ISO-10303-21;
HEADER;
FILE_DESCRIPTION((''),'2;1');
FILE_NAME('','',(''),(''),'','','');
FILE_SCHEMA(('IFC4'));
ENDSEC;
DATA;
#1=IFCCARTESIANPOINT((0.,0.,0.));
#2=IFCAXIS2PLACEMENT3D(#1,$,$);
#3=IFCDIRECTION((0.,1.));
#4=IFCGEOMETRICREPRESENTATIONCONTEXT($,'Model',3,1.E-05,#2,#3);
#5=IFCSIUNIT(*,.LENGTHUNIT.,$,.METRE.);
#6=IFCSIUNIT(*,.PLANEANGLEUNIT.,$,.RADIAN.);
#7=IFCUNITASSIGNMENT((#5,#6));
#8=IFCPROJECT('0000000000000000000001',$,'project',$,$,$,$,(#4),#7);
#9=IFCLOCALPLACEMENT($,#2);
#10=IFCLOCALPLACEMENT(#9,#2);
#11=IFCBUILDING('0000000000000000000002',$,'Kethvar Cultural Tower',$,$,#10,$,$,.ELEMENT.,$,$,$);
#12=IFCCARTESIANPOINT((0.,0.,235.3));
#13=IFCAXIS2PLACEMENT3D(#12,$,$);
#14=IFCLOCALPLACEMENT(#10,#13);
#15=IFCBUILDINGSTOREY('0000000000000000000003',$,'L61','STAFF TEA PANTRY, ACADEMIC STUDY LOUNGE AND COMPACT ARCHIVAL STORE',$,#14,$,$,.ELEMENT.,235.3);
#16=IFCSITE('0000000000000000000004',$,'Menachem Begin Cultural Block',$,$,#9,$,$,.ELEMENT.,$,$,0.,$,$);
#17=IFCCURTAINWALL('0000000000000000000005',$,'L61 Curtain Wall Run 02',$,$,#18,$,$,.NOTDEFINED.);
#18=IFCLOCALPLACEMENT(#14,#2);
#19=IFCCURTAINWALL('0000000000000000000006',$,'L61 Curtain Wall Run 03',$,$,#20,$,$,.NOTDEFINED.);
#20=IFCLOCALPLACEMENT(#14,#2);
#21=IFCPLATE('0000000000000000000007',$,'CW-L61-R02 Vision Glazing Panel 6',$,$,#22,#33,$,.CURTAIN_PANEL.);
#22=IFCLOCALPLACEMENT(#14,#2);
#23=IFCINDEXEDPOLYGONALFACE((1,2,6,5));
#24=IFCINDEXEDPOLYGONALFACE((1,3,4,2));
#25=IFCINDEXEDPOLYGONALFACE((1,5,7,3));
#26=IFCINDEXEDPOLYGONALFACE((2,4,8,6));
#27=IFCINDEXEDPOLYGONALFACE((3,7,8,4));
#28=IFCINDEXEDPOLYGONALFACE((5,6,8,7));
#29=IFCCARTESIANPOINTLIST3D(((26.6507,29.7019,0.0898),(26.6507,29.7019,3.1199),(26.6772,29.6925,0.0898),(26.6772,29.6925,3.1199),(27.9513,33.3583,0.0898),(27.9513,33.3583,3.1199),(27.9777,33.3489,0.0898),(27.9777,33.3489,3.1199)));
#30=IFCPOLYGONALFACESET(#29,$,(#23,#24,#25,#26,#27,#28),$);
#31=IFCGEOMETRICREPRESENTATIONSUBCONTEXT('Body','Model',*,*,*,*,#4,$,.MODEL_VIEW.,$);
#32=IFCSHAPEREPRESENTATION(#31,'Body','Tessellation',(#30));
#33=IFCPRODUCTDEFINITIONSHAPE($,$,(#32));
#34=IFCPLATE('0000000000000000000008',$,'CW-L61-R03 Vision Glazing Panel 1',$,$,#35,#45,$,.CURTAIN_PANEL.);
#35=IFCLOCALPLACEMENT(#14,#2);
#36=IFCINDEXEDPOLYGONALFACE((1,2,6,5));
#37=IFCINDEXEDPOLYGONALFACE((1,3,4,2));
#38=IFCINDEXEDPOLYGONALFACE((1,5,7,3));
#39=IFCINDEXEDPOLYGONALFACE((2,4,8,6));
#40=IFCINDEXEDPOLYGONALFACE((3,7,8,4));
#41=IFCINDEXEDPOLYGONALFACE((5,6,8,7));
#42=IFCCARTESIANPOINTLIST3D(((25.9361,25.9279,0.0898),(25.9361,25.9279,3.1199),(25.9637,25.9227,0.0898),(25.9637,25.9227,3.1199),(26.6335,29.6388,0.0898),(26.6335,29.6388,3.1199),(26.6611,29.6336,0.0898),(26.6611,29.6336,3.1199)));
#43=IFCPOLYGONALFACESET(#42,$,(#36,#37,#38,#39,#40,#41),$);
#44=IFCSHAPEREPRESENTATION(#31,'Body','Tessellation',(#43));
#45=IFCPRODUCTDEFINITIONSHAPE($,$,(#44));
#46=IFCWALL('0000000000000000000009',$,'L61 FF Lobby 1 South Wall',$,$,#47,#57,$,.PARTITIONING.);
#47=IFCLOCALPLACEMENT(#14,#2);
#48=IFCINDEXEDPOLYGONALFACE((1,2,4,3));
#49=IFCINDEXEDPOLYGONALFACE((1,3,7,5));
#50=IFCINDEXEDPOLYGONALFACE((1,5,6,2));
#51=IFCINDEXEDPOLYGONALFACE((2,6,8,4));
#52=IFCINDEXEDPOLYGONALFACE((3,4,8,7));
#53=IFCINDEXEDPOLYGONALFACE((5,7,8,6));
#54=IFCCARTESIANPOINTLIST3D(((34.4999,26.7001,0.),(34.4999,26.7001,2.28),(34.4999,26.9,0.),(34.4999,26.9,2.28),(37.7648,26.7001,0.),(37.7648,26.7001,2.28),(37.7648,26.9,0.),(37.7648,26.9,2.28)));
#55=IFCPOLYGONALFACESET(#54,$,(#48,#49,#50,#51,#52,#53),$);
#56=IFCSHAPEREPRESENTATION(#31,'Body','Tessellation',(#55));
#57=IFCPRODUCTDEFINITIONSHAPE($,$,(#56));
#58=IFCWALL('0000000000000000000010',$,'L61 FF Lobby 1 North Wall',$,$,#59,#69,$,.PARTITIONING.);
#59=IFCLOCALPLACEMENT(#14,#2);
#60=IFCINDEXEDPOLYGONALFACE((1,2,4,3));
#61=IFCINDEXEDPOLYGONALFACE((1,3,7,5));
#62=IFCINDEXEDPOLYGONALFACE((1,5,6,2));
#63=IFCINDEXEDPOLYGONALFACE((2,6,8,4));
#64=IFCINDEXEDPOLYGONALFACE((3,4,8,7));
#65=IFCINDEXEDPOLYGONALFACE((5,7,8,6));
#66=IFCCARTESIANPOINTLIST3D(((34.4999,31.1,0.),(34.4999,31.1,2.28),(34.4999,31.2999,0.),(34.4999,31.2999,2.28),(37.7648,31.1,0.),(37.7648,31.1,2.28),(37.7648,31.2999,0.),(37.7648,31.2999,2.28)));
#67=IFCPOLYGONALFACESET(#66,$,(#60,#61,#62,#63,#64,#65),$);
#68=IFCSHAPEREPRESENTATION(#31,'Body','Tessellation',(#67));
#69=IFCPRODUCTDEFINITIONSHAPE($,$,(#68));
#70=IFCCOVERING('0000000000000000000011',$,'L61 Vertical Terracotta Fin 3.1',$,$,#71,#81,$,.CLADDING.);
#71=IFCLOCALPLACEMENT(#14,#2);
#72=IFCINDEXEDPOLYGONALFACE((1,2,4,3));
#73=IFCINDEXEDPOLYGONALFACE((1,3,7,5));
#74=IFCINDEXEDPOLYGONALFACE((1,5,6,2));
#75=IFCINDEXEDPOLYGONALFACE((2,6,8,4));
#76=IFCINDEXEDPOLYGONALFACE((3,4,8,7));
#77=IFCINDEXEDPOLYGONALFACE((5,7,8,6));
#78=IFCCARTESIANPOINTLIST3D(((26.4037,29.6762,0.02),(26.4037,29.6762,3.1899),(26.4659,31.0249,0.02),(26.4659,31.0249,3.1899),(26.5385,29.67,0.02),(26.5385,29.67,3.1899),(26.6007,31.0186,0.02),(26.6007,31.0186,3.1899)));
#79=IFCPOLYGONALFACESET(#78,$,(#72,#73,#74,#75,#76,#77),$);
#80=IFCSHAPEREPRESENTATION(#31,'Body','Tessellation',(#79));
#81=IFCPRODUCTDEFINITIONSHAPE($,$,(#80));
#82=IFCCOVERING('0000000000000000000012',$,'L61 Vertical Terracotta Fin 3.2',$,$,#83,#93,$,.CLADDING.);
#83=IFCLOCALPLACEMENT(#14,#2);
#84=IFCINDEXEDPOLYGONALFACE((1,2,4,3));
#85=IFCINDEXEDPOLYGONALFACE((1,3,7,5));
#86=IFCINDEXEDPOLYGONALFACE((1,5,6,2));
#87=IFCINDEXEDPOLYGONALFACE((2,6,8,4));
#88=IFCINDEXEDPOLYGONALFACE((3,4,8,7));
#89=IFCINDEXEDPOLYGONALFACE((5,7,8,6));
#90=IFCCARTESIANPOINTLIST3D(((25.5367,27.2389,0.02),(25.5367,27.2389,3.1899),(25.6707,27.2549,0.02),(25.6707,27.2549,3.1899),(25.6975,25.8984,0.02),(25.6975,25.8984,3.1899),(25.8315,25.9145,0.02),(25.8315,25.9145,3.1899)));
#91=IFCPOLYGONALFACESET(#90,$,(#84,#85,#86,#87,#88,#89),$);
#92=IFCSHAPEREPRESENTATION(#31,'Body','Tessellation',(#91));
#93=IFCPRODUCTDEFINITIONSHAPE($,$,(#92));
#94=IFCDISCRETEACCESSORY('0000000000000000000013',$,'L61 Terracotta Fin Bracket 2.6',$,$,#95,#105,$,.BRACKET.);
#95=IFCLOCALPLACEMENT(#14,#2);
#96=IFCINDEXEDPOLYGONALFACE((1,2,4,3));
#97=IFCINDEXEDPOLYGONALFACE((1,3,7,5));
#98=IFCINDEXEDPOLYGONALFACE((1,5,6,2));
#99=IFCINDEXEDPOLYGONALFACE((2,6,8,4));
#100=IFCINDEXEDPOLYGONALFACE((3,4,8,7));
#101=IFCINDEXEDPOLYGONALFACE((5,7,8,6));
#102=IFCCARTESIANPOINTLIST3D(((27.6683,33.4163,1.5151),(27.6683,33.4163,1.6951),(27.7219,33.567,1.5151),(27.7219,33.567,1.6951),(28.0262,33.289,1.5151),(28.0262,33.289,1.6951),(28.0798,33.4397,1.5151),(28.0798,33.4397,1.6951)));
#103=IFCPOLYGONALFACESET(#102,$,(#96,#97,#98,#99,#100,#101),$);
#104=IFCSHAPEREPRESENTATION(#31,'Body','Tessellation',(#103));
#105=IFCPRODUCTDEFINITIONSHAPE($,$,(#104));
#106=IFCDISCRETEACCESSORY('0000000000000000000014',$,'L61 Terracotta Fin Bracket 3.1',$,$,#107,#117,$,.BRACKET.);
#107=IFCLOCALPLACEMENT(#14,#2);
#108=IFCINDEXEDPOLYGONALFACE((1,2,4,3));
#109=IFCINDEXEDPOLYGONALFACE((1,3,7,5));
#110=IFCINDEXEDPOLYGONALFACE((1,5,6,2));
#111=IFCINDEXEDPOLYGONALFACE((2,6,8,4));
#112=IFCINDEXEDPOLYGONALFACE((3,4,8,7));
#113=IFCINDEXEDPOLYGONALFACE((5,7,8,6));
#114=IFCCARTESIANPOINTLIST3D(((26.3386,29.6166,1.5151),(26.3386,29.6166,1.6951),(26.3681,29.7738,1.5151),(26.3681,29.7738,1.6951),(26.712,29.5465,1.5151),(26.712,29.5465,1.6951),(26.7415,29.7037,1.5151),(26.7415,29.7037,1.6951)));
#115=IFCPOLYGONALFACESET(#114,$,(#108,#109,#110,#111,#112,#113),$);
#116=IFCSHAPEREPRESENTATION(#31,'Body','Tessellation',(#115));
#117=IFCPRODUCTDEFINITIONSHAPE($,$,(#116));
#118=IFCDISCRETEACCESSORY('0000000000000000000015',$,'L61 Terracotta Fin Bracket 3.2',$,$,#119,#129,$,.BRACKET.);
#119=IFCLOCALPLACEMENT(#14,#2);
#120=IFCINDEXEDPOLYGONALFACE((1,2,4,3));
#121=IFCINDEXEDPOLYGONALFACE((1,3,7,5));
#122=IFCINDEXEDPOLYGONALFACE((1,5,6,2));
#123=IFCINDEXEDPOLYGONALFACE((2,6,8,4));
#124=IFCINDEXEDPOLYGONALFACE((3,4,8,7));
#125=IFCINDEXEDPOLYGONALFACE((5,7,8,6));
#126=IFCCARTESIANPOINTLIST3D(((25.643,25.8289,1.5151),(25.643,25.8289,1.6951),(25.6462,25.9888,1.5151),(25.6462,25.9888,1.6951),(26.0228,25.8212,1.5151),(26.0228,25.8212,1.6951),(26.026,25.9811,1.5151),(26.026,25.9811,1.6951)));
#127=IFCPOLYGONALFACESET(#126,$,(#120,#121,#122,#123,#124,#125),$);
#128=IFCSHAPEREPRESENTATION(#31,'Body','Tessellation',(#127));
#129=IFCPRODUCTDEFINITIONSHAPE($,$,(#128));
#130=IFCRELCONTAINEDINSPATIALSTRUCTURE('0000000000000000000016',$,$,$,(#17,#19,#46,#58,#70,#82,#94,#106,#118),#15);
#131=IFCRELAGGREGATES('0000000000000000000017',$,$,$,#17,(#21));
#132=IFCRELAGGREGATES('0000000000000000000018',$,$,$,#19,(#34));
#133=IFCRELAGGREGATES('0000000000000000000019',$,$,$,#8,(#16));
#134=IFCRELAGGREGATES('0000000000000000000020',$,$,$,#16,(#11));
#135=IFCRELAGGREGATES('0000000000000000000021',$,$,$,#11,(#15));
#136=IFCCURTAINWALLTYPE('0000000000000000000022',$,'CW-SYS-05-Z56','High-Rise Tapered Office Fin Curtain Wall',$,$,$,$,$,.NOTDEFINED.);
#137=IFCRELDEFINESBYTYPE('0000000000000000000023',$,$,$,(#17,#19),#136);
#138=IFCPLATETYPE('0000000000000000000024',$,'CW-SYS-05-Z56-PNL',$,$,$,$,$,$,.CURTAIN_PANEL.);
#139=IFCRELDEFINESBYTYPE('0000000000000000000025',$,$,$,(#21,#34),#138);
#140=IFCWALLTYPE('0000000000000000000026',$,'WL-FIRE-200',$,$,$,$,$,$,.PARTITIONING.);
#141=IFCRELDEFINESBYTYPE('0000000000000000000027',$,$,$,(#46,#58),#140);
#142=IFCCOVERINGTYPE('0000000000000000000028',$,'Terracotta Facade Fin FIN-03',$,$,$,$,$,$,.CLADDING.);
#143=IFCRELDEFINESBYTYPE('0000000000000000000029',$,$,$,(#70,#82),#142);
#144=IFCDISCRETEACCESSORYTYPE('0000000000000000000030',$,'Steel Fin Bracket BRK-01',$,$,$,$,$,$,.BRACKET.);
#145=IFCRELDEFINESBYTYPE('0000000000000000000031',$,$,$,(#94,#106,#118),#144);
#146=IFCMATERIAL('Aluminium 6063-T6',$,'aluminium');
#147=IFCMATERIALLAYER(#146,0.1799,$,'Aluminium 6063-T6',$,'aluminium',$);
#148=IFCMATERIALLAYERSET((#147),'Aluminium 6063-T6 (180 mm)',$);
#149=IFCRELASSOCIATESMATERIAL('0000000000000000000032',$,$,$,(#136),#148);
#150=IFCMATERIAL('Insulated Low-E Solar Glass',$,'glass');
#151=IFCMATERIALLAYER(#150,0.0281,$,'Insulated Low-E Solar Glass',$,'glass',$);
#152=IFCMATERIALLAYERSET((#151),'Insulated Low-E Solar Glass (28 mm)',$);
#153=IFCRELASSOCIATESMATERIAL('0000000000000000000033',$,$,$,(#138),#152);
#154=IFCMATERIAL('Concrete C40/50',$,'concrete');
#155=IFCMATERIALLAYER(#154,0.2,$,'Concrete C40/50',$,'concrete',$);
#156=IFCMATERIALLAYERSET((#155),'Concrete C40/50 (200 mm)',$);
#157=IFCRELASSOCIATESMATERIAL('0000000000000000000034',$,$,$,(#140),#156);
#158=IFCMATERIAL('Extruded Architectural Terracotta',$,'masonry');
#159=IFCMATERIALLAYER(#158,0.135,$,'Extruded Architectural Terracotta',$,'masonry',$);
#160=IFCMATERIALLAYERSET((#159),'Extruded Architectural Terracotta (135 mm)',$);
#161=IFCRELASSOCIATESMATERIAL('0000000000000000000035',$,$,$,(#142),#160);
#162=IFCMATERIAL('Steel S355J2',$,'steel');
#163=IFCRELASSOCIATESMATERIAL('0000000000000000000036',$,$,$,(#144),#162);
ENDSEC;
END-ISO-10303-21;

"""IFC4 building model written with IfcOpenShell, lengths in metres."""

from ifc_helpers import new_model, si_unit, direction, frame, frame_2d, origin, origin_2d, place, context, subcontext, project, spatial, rectangle, extrude, source, transform, mapped, material, layer, layer_set, type_object, element, aggregate, save


model = new_model("IFC4")

# Units and contexts
model_context = context("Model", 3, precision=1e-05, world=origin(), true_north=direction((0.0, 1.0)))
body_context = subcontext(model_context, "Body", "Model", "MODEL_VIEW")
ifc_project = project(units=[si_unit("LENGTHUNIT", "METRE"), si_unit("PLANEANGLEUNIT", "RADIAN")], contexts=[model_context])

# Site, building, storey
site_placement = place(None, origin())
site = spatial("IfcSite", under=ifc_project, at=site_placement, Name="Menachem Begin Cultural Block", CompositionType="ELEMENT", RefElevation=0.0)
building_placement = place(site_placement, origin())
building = spatial("IfcBuilding", under=site, at=building_placement, Name="Kethvar Cultural Tower", CompositionType="ELEMENT")
storey_placement = place(building_placement, frame((0.0, 0.0, 235.3)))
storey = spatial("IfcBuildingStorey", under=building, at=storey_placement, Name="L61", Description="STAFF TEA PANTRY, ACADEMIC STUDY LOUNGE AND COMPACT ARCHIVAL STORE", CompositionType="ELEMENT", Elevation=235.3)

# Shared definitions
ifc_material_1 = material(Name="Steel S355J2", Category="steel")

# Curtain walls
ifc_material_2 = material(Name="Aluminium 6063-T6", Category="aluminium")
ifc_layer_1 = layer(ifc_material_2, 0.1799, Name="Aluminium 6063-T6", Category="aluminium")
ifc_layer_set_1 = layer_set([ifc_layer_1], Name="Aluminium 6063-T6 (180 mm)")
curtain_wall_type = type_object("IfcCurtainWallType", Name="CW-SYS-05-Z56", Description="High-Rise Tapered Office Fin Curtain Wall", PredefinedType="NOTDEFINED", material=ifc_layer_set_1)
curtain_wall_1_placement = place(storey_placement, origin())
curtain_wall_1 = element("IfcCurtainWall", 1, at=curtain_wall_1_placement, inside=storey, type_object=curtain_wall_type, Name="L61 Curtain Wall Run 02", PredefinedType="NOTDEFINED")
curtain_wall_2_placement = place(storey_placement, origin())
curtain_wall_2 = element("IfcCurtainWall", 2, at=curtain_wall_2_placement, inside=storey, type_object=curtain_wall_type, Name="L61 Curtain Wall Run 03", PredefinedType="NOTDEFINED")

# Plates
ifc_material_3 = material(Name="Insulated Low-E Solar Glass", Category="glass")
ifc_layer_2 = layer(ifc_material_3, 0.0281, Name="Insulated Low-E Solar Glass", Category="glass")
ifc_layer_set_2 = layer_set([ifc_layer_2], Name="Insulated Low-E Solar Glass (28 mm)")
plate_type = type_object("IfcPlateType", Name="CW-SYS-05-Z56-PNL", PredefinedType="CURTAIN_PANEL", material=ifc_layer_set_2)
shared_shape_1 = source(origin(), body_context, "Body", "SweptSolid", [
    extrude(rectangle(XDim=3.8809, YDim=0.0281, at=origin_2d()), origin(), (0.0, 0.0, 1.0), 3.03),
])
plate_1_placement = place(storey_placement, frame((27.3142, 31.5254, 0.0898), z_axis=(0.0, 0.0, 1.0), x_axis=(-0.335123, -0.942174, 0.0)))
plate_1 = element("IfcPlate", 3, at=plate_1_placement, type_object=plate_type, Name="CW-L61-R02 Vision Glazing Panel 6", PredefinedType="CURTAIN_PANEL", context=body_context, shape_type="MappedRepresentation", body=[
    mapped(shared_shape_1, transform((0.0, 0.0, 0.0), scale=1.0)),
])
aggregate(curtain_wall_1, [plate_1])
shared_shape_2 = source(origin(), body_context, "Body", "SweptSolid", [
    extrude(rectangle(XDim=3.7759, YDim=0.0281, at=origin_2d()), origin(), (0.0, 0.0, 1.0), 3.03),
])
plate_2_placement = place(storey_placement, frame((26.2986, 27.7808, 0.0898), z_axis=(0.0, 0.0, 1.0), x_axis=(-0.184706, -0.982794, 0.0)))
plate_2 = element("IfcPlate", 4, at=plate_2_placement, type_object=plate_type, Name="CW-L61-R03 Vision Glazing Panel 1", PredefinedType="CURTAIN_PANEL", context=body_context, shape_type="MappedRepresentation", body=[
    mapped(shared_shape_2, transform((0.0, 0.0, 0.0), scale=1.0)),
])
aggregate(curtain_wall_2, [plate_2])

# Shared definitions
ifc_material_4 = material(Name="Concrete C40/50", Category="concrete")
ifc_layer_3 = layer(ifc_material_4, 0.2, Name="Concrete C40/50", Category="concrete")
ifc_layer_set_3 = layer_set([ifc_layer_3], Name="Concrete C40/50 (200 mm)")
wall_type = type_object("IfcWallType", Name="WL-FIRE-200", PredefinedType="PARTITIONING", material=ifc_layer_set_3)

# Walls
for number, where, z_axis, x_axis, name in (
    (5, (34.5, 26.8, 0.0), (0.0, 0.0, 1.0), (1.0, 0.0, 0.0), "L61 FF Lobby 1 South Wall"),
    (6, (34.5, 31.2, 0.0), (0.0, 0.0, 1.0), (1.0, 0.0, 0.0), "L61 FF Lobby 1 North Wall"),
):
    element("IfcWall", number, at=place(storey_placement, frame(where, z_axis=z_axis, x_axis=x_axis)), inside=storey, type_object=wall_type, Name=name, PredefinedType="PARTITIONING", context=body_context, shape_type="SweptSolid", body=[
        extrude(rectangle(XDim=3.2649, YDim=0.2, at=frame_2d((1.6323, 0.0))), origin(), (0.0, 0.0, 1.0), 2.28),
    ])

# Coverings
ifc_material_5 = material(Name="Extruded Architectural Terracotta", Category="masonry")
ifc_layer_4 = layer(ifc_material_5, 0.135, Name="Extruded Architectural Terracotta", Category="masonry")
ifc_layer_set_4 = layer_set([ifc_layer_4], Name="Extruded Architectural Terracotta (135 mm)")
covering_type = type_object("IfcCoveringType", Name="Terracotta Facade Fin FIN-03", PredefinedType="CLADDING", material=ifc_layer_set_4)
shared_shape_3 = source(origin(), body_context, "Body", "SweptSolid", [
    extrude(rectangle(XDim=1.3501, YDim=0.135, at=origin_2d()), origin(), (0.0, 0.0, 1.0), 3.1699),
])
for number, where, z_axis, x_axis, name in (
    (7, (26.5022, 30.3474, 0.02), (0.0, 0.0, 1.0), (0.04606, 0.998939, 0.0), "L61 Vertical Terracotta Fin 3.1"),
    (8, (25.6841, 26.5767, 0.02), (0.0, 0.0, 1.0), (-0.119097, 0.992883, 0.0), "L61 Vertical Terracotta Fin 3.2"),
):
    element("IfcCovering", number, at=place(storey_placement, frame(where, z_axis=z_axis, x_axis=x_axis)), inside=storey, type_object=covering_type, Name=name, PredefinedType="CLADDING", context=body_context, shape_type="MappedRepresentation", body=[
        mapped(shared_shape_3, transform((0.0, 0.0, 0.0), scale=1.0)),
    ])

# Discrete accessories
discrete_accessory_type = type_object("IfcDiscreteAccessoryType", Name="Steel Fin Bracket BRK-01", PredefinedType="BRACKET", material=ifc_material_1)
shared_shape_4 = source(origin(), body_context, "Body", "SweptSolid", [
    extrude(rectangle(XDim=0.3799, YDim=0.1599, at=origin_2d()), origin(), (0.0, 0.0, 1.0), 0.1799),
])
for number, where, z_axis, x_axis, name in (
    (9, (27.874, 33.428, 1.5151), (0.0, 0.0, 1.0), (-0.942174, 0.335123, 0.0), "L61 Terracotta Fin Bracket 2.6"),
    (10, (26.54, 29.6602, 1.5151), (0.0, 0.0, 1.0), (-0.982807, 0.184638, 0.0), "L61 Terracotta Fin Bracket 3.1"),
    (11, (25.8345, 25.905, 1.5151), (0.0, 0.0, 1.0), (-0.999795, 0.020244, 0.0), "L61 Terracotta Fin Bracket 3.2"),
):
    element("IfcDiscreteAccessory", number, at=place(storey_placement, frame(where, z_axis=z_axis, x_axis=x_axis)), inside=storey, type_object=discrete_accessory_type, Name=name, PredefinedType="BRACKET", context=body_context, shape_type="MappedRepresentation", body=[
        mapped(shared_shape_4, transform((0.0, 0.0, 0.0), scale=1.0)),
    ])

save(model, "model.ifc")
